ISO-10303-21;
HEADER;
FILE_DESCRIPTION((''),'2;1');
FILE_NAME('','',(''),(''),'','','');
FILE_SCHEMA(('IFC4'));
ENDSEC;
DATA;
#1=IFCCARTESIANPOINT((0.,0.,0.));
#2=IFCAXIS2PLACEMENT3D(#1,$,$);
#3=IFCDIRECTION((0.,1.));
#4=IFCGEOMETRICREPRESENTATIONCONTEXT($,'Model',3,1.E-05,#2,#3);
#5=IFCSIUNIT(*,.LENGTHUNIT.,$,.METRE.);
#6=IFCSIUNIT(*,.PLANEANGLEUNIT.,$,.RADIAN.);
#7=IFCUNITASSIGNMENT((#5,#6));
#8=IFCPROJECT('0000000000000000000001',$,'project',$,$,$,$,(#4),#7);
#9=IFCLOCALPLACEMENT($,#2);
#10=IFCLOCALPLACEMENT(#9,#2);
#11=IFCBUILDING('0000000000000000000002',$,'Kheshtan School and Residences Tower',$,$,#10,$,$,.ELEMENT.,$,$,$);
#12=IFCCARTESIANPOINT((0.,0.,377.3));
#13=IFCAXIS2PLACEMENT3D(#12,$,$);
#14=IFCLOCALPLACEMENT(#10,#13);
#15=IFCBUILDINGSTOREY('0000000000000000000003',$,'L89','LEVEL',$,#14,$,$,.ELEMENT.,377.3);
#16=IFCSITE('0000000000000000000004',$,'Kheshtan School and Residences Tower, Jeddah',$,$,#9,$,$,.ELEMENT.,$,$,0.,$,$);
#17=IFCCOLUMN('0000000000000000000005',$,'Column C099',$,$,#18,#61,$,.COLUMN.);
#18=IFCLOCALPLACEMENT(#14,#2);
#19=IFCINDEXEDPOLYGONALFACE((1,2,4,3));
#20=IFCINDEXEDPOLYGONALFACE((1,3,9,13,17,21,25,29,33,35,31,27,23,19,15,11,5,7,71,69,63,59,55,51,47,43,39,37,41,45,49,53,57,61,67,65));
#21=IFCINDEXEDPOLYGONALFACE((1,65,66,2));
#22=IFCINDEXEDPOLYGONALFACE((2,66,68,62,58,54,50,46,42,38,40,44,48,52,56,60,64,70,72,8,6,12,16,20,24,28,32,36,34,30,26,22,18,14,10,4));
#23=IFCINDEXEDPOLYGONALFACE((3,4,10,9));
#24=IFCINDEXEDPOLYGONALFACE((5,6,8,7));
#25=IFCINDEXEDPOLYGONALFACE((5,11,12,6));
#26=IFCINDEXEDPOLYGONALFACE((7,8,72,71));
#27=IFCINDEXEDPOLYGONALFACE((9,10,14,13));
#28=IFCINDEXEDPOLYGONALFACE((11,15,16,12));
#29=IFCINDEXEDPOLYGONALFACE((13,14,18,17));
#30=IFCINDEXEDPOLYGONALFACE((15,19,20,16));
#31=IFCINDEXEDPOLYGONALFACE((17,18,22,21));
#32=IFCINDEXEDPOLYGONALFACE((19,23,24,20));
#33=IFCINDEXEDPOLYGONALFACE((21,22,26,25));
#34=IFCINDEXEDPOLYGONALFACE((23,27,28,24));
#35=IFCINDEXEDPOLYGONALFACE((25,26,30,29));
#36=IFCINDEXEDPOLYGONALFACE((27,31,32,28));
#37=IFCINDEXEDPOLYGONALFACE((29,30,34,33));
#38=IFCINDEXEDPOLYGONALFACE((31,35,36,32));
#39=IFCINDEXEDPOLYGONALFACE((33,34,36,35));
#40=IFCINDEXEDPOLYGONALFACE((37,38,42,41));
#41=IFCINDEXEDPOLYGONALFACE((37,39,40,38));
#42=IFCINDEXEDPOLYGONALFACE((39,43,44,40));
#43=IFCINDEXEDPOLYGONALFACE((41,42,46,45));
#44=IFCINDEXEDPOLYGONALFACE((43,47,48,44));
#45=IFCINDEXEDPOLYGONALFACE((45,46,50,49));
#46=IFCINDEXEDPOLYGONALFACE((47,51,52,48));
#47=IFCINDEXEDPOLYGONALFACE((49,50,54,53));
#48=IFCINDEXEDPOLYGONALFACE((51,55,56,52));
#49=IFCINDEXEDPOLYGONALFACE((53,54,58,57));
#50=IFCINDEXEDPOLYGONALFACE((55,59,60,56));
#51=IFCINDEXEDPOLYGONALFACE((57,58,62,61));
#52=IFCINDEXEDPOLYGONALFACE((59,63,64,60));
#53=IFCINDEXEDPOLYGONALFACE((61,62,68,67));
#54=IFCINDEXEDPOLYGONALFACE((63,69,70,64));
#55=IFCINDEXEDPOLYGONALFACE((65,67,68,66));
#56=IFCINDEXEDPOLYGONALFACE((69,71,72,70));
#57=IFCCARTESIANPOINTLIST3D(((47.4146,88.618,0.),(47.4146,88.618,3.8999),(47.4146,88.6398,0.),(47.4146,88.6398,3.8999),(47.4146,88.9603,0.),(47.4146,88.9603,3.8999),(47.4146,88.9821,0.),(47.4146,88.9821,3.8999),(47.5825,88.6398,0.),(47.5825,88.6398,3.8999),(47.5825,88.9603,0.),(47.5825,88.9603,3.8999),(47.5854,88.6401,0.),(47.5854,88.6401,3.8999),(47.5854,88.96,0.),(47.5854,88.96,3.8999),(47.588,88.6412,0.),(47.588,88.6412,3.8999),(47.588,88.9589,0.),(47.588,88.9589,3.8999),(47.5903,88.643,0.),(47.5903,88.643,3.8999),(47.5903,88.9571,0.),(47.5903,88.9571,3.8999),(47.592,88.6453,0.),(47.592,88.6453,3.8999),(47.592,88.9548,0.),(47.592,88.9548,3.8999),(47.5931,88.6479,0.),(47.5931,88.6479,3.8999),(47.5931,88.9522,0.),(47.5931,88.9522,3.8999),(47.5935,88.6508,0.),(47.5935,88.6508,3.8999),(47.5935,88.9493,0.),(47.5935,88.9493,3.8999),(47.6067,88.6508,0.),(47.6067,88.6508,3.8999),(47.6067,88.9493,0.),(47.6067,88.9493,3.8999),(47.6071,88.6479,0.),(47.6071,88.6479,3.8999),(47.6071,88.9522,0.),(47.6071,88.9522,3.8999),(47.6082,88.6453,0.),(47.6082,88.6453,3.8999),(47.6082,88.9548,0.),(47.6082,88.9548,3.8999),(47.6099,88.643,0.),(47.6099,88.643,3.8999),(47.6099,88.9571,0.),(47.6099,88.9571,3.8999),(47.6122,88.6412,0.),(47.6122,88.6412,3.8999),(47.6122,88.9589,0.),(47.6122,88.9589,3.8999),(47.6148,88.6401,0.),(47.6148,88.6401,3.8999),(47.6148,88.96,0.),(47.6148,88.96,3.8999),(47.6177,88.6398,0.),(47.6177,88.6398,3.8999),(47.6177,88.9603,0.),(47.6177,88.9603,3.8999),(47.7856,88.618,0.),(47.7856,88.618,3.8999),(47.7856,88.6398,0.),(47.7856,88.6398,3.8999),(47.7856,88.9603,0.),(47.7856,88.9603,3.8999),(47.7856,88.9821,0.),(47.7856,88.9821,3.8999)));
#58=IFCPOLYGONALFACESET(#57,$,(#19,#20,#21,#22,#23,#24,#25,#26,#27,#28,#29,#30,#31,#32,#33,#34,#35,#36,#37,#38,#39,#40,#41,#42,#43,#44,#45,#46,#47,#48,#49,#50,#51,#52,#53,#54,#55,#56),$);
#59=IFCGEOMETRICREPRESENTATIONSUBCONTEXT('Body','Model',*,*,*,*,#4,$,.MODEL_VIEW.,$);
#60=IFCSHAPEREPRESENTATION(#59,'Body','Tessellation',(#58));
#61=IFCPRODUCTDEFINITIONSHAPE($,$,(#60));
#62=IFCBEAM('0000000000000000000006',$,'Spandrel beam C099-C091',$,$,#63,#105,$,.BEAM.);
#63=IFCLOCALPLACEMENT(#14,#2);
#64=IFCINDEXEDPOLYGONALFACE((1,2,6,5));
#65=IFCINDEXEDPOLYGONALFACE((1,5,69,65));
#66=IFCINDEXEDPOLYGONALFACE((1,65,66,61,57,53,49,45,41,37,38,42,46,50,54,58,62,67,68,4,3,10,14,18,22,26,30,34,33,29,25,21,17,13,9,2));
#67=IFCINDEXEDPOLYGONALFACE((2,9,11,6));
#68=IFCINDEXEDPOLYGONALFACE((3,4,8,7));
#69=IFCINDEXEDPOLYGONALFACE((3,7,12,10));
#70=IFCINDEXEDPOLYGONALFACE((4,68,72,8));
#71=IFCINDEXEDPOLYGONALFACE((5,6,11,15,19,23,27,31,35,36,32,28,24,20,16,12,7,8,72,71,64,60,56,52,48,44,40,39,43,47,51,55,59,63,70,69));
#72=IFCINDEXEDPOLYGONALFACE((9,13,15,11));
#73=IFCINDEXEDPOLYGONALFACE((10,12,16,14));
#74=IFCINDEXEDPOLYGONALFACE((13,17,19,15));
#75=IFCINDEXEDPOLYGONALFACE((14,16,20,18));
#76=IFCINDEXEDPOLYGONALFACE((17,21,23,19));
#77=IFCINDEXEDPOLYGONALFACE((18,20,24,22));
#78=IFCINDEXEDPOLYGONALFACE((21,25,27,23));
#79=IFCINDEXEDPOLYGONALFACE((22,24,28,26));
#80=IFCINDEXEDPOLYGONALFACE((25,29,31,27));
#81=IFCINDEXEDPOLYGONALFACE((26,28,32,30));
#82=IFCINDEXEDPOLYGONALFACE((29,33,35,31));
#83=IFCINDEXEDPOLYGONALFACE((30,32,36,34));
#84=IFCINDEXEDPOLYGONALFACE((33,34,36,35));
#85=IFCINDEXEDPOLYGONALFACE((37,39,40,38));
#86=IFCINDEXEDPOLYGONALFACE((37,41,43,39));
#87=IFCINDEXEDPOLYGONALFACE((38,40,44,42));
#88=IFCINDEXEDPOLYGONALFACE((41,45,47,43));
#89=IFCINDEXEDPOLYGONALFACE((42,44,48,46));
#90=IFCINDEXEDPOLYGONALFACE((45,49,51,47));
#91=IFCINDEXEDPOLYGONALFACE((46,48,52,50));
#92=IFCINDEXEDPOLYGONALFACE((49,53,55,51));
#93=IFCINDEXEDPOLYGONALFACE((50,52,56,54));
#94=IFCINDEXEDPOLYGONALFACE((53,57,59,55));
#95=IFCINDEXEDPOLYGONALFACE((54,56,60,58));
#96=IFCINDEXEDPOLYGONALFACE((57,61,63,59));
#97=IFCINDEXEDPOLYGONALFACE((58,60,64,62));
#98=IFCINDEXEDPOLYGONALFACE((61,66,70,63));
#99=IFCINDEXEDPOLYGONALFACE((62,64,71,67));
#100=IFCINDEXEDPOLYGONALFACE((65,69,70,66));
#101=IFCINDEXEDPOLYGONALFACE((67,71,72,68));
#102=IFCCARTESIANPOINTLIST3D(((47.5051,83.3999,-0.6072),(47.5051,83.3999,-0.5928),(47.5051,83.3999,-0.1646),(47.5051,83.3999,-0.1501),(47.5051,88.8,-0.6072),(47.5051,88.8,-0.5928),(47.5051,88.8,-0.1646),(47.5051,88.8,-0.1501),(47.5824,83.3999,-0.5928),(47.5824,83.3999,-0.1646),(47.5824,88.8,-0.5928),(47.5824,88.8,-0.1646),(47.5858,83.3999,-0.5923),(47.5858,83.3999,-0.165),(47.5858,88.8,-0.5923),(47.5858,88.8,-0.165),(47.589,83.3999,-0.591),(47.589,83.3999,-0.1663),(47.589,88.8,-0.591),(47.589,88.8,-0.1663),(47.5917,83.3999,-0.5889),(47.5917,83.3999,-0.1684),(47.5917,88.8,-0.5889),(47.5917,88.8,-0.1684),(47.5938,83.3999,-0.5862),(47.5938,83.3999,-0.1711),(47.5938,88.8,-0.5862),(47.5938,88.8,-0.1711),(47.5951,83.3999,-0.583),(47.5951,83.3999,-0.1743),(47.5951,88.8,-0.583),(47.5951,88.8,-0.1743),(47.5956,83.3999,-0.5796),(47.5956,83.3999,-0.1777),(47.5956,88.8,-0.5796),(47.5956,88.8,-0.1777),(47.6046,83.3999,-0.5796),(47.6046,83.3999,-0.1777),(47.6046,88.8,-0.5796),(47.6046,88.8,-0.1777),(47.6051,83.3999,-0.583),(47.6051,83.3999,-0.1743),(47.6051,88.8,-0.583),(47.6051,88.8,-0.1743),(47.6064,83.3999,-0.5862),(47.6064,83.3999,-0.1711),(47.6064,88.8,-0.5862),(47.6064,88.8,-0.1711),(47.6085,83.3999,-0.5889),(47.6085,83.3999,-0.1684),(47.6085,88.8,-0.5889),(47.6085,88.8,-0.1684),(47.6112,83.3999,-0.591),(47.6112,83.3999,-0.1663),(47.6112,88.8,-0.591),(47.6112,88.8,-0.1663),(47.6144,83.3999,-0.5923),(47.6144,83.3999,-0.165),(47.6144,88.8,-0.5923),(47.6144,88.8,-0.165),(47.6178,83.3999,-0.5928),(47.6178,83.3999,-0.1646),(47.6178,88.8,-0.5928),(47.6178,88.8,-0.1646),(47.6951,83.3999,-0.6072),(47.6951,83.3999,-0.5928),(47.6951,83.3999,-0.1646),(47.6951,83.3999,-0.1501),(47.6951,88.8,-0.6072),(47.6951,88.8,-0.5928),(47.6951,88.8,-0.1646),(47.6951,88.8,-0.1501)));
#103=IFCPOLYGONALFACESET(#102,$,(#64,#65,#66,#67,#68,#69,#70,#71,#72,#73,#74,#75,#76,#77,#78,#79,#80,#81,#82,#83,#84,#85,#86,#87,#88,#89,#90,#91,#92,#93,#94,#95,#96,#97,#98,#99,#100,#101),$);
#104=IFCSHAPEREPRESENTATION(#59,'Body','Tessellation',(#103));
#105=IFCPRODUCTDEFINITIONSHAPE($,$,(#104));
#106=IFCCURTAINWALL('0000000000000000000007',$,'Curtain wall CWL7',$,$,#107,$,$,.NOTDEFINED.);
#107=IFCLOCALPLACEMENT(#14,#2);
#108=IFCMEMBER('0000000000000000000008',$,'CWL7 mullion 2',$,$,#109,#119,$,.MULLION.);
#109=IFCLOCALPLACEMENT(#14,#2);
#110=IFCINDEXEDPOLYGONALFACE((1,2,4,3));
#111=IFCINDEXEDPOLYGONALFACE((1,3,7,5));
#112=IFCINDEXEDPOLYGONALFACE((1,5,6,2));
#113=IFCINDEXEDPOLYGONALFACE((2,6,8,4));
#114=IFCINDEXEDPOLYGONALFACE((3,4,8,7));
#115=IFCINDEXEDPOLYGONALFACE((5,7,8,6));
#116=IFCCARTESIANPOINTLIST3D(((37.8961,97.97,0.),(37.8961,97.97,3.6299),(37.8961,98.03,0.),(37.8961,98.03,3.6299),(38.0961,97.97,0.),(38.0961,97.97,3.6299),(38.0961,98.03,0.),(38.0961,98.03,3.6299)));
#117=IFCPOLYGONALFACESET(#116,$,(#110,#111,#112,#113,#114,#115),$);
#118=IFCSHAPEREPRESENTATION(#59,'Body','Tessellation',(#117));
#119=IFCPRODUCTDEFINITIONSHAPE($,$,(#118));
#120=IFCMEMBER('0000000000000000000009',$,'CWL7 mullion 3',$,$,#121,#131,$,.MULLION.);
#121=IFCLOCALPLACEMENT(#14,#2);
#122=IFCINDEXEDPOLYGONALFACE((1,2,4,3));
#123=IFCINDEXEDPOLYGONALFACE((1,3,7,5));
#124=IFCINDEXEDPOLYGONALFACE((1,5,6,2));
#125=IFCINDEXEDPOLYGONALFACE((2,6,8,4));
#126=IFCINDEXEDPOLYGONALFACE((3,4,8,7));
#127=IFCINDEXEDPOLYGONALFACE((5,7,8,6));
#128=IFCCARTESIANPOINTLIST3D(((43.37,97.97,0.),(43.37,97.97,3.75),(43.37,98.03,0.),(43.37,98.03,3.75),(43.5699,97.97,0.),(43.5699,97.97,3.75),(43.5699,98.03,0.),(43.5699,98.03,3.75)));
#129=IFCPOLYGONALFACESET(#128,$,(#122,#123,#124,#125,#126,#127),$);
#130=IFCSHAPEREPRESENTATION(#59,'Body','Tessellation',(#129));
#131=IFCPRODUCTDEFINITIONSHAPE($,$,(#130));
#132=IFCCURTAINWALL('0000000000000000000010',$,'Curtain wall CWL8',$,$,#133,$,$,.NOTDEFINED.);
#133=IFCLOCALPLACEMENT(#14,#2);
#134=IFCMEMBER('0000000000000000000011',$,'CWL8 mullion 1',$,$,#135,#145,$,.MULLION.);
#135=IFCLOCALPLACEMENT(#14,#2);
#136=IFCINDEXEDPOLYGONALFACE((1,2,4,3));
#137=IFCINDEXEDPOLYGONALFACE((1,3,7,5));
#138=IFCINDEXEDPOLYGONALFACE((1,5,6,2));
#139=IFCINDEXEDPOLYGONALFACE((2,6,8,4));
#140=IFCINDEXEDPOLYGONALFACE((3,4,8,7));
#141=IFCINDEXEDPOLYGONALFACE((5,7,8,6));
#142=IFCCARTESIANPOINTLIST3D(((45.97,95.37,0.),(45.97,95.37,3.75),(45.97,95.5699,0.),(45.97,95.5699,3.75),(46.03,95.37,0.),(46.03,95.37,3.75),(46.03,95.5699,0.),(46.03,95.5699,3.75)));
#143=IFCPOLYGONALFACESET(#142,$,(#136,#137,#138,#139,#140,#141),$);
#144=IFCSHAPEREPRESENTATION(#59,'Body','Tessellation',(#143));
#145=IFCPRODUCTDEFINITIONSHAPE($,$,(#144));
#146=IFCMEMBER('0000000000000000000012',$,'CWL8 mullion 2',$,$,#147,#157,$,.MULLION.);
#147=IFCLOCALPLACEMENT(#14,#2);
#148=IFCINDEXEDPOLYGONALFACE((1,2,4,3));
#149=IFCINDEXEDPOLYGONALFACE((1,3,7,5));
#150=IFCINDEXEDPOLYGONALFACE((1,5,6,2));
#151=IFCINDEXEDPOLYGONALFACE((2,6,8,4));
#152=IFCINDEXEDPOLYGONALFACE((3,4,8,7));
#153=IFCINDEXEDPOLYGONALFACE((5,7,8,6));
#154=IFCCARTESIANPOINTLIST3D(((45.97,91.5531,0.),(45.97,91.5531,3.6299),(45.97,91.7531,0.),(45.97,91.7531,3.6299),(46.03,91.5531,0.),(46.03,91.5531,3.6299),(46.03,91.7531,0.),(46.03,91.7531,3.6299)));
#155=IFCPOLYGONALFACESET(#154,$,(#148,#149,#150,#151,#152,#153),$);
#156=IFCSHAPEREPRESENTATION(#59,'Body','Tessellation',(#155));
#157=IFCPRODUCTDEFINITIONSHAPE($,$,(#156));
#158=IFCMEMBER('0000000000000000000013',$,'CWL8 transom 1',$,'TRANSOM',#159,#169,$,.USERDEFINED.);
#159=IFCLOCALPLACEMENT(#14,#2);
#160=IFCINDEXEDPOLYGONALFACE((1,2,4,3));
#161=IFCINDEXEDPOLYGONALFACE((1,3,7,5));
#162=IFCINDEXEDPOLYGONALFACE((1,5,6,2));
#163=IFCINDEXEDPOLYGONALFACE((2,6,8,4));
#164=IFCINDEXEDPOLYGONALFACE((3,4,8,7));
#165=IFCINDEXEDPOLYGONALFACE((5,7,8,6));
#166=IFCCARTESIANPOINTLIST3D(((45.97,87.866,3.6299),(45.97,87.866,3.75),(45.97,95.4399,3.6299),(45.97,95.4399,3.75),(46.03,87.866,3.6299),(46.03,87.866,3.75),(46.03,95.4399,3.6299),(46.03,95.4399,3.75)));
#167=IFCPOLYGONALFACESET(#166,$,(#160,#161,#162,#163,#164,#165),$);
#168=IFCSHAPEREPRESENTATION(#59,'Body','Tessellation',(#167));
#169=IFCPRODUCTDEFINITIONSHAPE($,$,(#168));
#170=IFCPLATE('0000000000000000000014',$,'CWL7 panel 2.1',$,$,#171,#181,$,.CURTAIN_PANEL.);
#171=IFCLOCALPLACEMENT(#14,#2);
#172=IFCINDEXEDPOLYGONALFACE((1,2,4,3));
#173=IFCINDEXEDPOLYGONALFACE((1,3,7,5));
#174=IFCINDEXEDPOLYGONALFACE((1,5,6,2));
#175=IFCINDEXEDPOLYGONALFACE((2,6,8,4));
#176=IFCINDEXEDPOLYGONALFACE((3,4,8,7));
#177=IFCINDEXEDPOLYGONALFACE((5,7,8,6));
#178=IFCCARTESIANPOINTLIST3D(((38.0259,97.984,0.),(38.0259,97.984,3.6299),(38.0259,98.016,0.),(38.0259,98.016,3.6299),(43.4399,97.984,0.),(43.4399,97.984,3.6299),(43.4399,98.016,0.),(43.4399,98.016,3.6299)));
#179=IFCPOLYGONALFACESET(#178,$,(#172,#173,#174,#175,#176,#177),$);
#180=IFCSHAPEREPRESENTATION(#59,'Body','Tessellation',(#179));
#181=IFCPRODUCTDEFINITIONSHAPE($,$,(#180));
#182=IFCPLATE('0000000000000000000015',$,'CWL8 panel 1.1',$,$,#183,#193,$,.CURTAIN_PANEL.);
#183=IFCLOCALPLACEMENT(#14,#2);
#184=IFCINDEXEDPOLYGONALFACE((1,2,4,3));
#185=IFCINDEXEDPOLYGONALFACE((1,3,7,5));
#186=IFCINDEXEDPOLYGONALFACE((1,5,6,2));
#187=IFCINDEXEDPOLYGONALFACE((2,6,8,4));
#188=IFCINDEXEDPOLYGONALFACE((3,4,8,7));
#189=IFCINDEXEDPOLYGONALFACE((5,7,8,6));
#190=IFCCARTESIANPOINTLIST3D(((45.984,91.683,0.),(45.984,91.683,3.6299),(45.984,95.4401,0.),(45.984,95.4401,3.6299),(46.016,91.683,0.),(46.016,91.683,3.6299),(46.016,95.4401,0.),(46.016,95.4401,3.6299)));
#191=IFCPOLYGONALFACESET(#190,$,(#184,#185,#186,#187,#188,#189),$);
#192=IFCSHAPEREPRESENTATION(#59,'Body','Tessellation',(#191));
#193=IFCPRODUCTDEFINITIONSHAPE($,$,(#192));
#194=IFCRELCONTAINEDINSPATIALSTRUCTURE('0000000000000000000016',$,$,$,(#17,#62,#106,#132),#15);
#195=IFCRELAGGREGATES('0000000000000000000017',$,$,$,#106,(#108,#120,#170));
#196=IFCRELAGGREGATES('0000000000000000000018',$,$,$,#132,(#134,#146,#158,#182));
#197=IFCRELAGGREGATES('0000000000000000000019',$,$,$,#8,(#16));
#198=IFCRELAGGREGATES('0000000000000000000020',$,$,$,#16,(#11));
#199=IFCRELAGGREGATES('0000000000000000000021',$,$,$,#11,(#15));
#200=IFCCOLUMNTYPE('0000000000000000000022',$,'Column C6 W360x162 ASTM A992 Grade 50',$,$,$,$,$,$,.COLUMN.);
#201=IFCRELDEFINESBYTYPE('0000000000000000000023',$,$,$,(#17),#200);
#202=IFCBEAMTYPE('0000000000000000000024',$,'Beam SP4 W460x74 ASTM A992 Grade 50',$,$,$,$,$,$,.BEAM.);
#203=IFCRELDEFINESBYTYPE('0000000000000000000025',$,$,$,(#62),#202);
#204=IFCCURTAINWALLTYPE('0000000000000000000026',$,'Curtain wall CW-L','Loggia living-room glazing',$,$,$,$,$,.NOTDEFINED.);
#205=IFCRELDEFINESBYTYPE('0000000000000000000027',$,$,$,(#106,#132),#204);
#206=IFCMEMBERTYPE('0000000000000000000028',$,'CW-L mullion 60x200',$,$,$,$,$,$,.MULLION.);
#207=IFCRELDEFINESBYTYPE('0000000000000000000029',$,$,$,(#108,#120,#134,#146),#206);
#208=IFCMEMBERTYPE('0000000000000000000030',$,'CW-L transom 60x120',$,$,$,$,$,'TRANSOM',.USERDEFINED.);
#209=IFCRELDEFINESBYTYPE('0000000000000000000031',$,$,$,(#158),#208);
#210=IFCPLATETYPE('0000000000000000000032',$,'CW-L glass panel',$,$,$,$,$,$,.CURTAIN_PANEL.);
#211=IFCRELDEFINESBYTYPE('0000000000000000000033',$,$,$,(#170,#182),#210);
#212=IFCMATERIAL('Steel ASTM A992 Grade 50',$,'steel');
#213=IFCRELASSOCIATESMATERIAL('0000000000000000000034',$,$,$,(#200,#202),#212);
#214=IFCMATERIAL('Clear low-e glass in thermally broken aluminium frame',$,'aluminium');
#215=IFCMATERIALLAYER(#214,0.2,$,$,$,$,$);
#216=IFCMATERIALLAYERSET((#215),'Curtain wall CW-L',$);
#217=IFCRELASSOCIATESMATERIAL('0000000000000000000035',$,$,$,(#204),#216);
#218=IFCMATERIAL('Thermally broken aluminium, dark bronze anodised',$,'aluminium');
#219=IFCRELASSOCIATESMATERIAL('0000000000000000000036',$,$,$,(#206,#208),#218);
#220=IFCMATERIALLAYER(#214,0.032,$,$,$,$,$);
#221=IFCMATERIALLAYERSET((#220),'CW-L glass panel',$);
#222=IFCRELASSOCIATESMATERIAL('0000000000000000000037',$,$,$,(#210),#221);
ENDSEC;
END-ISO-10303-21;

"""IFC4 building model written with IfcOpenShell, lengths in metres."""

from ifc_helpers import new_model, si_unit, direction, frame, origin, origin_2d, place, context, subcontext, project, spatial, rectangle, i_section, extrude, material, layer, layer_set, material_profile, profile_set, type_object, element, aggregate, save


model = new_model("IFC4")

# Units and contexts
model_context = context("Model", 3, precision=1e-05, world=origin(), true_north=direction((0.0, 1.0)))
body_context = subcontext(model_context, "Body", "Model", "MODEL_VIEW")
ifc_project = project(units=[si_unit("LENGTHUNIT", "METRE"), si_unit("PLANEANGLEUNIT", "RADIAN")], contexts=[model_context])

# Site, building, storey
site_placement = place(None, origin())
site = spatial("IfcSite", under=ifc_project, at=site_placement, Name="Kheshtan School and Residences Tower, Jeddah", CompositionType="ELEMENT", RefElevation=0.0)
building_placement = place(site_placement, origin())
building = spatial("IfcBuilding", under=site, at=building_placement, Name="Kheshtan School and Residences Tower", CompositionType="ELEMENT")
storey_placement = place(building_placement, frame((0.0, 0.0, 377.3)))
storey = spatial("IfcBuildingStorey", under=building, at=storey_placement, Name="L89", Description="LEVEL", CompositionType="ELEMENT", Elevation=377.3)

# Column
ifc_material_1 = material(Name="Steel ASTM A992 Grade 50", Category="steel")
ifc_material_profile_1 = material_profile(ifc_material_1, i_section(OverallWidth=0.3711, OverallDepth=0.364, WebThickness=0.0132, FlangeThickness=0.0217, FilletRadius=0.011, at=origin_2d()), Name="W360x162")
ifc_profile_set_1 = profile_set([ifc_material_profile_1], Name="Steel ASTM A992 Grade 50")
column_type = type_object("IfcColumnType", Name="Column C6 W360x162 ASTM A992 Grade 50", PredefinedType="COLUMN", material=ifc_profile_set_1)
column_placement = place(storey_placement, frame((47.6001, 88.8, 0.0), z_axis=(0.0, 0.0, 1.0), x_axis=(1.0, 0.0, 0.0)))
element("IfcColumn", 1, at=column_placement, inside=storey, type_object=column_type, Name="Column C099", PredefinedType="COLUMN", context=body_context, shape_type="SweptSolid", body=[
    extrude(i_section(OverallWidth=0.3711, OverallDepth=0.364, WebThickness=0.0132, FlangeThickness=0.0217, FilletRadius=0.011, at=origin_2d()), origin(), (0.0, 0.0, 1.0), 3.8999),
])

# Beam
ifc_material_profile_2 = material_profile(ifc_material_1, i_section(OverallWidth=0.1899, OverallDepth=0.457, WebThickness=0.009, FlangeThickness=0.0144, FilletRadius=0.0132, at=origin_2d()), Name="W460x74")
ifc_profile_set_2 = profile_set([ifc_material_profile_2], Name="Steel ASTM A992 Grade 50")
beam_type = type_object("IfcBeamType", Name="Beam SP4 W460x74 ASTM A992 Grade 50", PredefinedType="BEAM", material=ifc_profile_set_2)
beam_placement = place(storey_placement, frame((47.6001, 88.8, -0.3787), z_axis=(0.0, -1.0, 0.0), x_axis=(1.0, 0.0, 0.0)))
element("IfcBeam", 2, at=beam_placement, inside=storey, type_object=beam_type, Name="Spandrel beam C099-C091", PredefinedType="BEAM", context=body_context, shape_type="SweptSolid", body=[
    extrude(i_section(OverallWidth=0.1899, OverallDepth=0.457, WebThickness=0.009, FlangeThickness=0.0144, FilletRadius=0.0132, at=origin_2d()), origin(), (0.0, 0.0, 1.0), 5.4001),
])

# Curtain walls, members
ifc_material_2 = material(Name="Clear low-e glass in thermally broken aluminium frame", Category="aluminium")
ifc_layer_1 = layer(ifc_material_2, 0.2)
ifc_layer_set_1 = layer_set([ifc_layer_1], Name="Curtain wall CW-L")
curtain_wall_type = type_object("IfcCurtainWallType", Name="Curtain wall CW-L", Description="Loggia living-room glazing", PredefinedType="NOTDEFINED", material=ifc_layer_set_1)
curtain_wall_1_placement = place(storey_placement, origin())
curtain_wall_1 = element("IfcCurtainWall", 3, at=curtain_wall_1_placement, inside=storey, type_object=curtain_wall_type, Name="Curtain wall CWL7", PredefinedType="NOTDEFINED")
ifc_material_3 = material(Name="Thermally broken aluminium, dark bronze anodised", Category="aluminium")
ifc_material_profile_3 = material_profile(ifc_material_3, rectangle(XDim=0.0601, YDim=0.2, at=origin_2d()), Name="CW-L mullion 60x200")
ifc_profile_set_3 = profile_set([ifc_material_profile_3], Name="Thermally broken aluminium, dark bronze anodised")
member_type_1 = type_object("IfcMemberType", Name="CW-L mullion 60x200", PredefinedType="MULLION", material=ifc_profile_set_3)
member_1_placement = place(storey_placement, frame((37.9961, 98.0, 0.0), z_axis=(0.0, 0.0, 1.0), x_axis=(0.0, 1.0, 0.0)))
member_1 = element("IfcMember", 4, at=member_1_placement, type_object=member_type_1, Name="CWL7 mullion 2", PredefinedType="MULLION", context=body_context, shape_type="SweptSolid", body=[
    extrude(rectangle(XDim=0.0601, YDim=0.2, at=origin_2d()), origin(), (0.0, 0.0, 1.0), 3.6299),
])
member_2_placement = place(storey_placement, frame((43.47, 98.0, 0.0), z_axis=(0.0, 0.0, 1.0), x_axis=(0.0, 1.0, 0.0)))
member_2 = element("IfcMember", 5, at=member_2_placement, type_object=member_type_1, Name="CWL7 mullion 3", PredefinedType="MULLION", context=body_context, shape_type="SweptSolid", body=[
    extrude(rectangle(XDim=0.0601, YDim=0.2, at=origin_2d()), origin(), (0.0, 0.0, 1.0), 3.75),
])
curtain_wall_2_placement = place(storey_placement, origin())
curtain_wall_2 = element("IfcCurtainWall", 6, at=curtain_wall_2_placement, inside=storey, type_object=curtain_wall_type, Name="Curtain wall CWL8", PredefinedType="NOTDEFINED")
member_3_placement = place(storey_placement, frame((46.0, 95.47, 0.0), z_axis=(0.0, 0.0, 1.0), x_axis=(1.0, 0.0, 0.0)))
member_3 = element("IfcMember", 7, at=member_3_placement, type_object=member_type_1, Name="CWL8 mullion 1", PredefinedType="MULLION", context=body_context, shape_type="SweptSolid", body=[
    extrude(rectangle(XDim=0.0601, YDim=0.2, at=origin_2d()), origin(), (0.0, 0.0, 1.0), 3.75),
])
member_4_placement = place(storey_placement, frame((46.0, 91.6531, 0.0), z_axis=(0.0, 0.0, 1.0), x_axis=(1.0, 0.0, 0.0)))
member_4 = element("IfcMember", 8, at=member_4_placement, type_object=member_type_1, Name="CWL8 mullion 2", PredefinedType="MULLION", context=body_context, shape_type="SweptSolid", body=[
    extrude(rectangle(XDim=0.0601, YDim=0.2, at=origin_2d()), origin(), (0.0, 0.0, 1.0), 3.6299),
])
ifc_material_profile_4 = material_profile(ifc_material_3, rectangle(XDim=0.0601, YDim=0.1201, at=origin_2d()), Name="CW-L transom 60x120")
ifc_profile_set_4 = profile_set([ifc_material_profile_4], Name="Thermally broken aluminium, dark bronze anodised")
member_type_2 = type_object("IfcMemberType", Name="CW-L transom 60x120", ElementType="TRANSOM", PredefinedType="USERDEFINED", material=ifc_profile_set_4)
member_5_placement = place(storey_placement, frame((46.0, 95.4399, 3.6899), z_axis=(0.0, -1.0, 0.0), x_axis=(1.0, 0.0, 0.0)))
member_5 = element("IfcMember", 9, at=member_5_placement, type_object=member_type_2, Name="CWL8 transom 1", ObjectType="TRANSOM", PredefinedType="USERDEFINED", context=body_context, shape_type="SweptSolid", body=[
    extrude(rectangle(XDim=0.0601, YDim=0.1201, at=origin_2d()), origin(), (0.0, 0.0, 1.0), 7.574),
])

# Plates
ifc_layer_2 = layer(ifc_material_2, 0.032)
ifc_layer_set_2 = layer_set([ifc_layer_2], Name="CW-L glass panel")
plate_type = type_object("IfcPlateType", Name="CW-L glass panel", PredefinedType="CURTAIN_PANEL", material=ifc_layer_set_2)
plate_1_placement = place(storey_placement, frame((40.7329, 98.0, 0.0), z_axis=(0.0, 0.0, 1.0), x_axis=(1.0, 0.0, 0.0)))
plate_1 = element("IfcPlate", 10, at=plate_1_placement, type_object=plate_type, Name="CWL7 panel 2.1", PredefinedType="CURTAIN_PANEL", context=body_context, shape_type="SweptSolid", body=[
    extrude(rectangle(XDim=5.4141, YDim=0.032, at=origin_2d()), origin(), (0.0, 0.0, 1.0), 3.6299),
])
aggregate(curtain_wall_1, [member_1, member_2, plate_1])
plate_2_placement = place(storey_placement, frame((46.0, 93.5615, 0.0), z_axis=(0.0, 0.0, 1.0), x_axis=(0.0, -1.0, 0.0)))
plate_2 = element("IfcPlate", 11, at=plate_2_placement, type_object=plate_type, Name="CWL8 panel 1.1", PredefinedType="CURTAIN_PANEL", context=body_context, shape_type="SweptSolid", body=[
    extrude(rectangle(XDim=3.7571, YDim=0.032, at=origin_2d()), origin(), (0.0, 0.0, 1.0), 3.6299),
])
aggregate(curtain_wall_2, [member_3, member_4, member_5, plate_2])

save(model, "model.ifc")
